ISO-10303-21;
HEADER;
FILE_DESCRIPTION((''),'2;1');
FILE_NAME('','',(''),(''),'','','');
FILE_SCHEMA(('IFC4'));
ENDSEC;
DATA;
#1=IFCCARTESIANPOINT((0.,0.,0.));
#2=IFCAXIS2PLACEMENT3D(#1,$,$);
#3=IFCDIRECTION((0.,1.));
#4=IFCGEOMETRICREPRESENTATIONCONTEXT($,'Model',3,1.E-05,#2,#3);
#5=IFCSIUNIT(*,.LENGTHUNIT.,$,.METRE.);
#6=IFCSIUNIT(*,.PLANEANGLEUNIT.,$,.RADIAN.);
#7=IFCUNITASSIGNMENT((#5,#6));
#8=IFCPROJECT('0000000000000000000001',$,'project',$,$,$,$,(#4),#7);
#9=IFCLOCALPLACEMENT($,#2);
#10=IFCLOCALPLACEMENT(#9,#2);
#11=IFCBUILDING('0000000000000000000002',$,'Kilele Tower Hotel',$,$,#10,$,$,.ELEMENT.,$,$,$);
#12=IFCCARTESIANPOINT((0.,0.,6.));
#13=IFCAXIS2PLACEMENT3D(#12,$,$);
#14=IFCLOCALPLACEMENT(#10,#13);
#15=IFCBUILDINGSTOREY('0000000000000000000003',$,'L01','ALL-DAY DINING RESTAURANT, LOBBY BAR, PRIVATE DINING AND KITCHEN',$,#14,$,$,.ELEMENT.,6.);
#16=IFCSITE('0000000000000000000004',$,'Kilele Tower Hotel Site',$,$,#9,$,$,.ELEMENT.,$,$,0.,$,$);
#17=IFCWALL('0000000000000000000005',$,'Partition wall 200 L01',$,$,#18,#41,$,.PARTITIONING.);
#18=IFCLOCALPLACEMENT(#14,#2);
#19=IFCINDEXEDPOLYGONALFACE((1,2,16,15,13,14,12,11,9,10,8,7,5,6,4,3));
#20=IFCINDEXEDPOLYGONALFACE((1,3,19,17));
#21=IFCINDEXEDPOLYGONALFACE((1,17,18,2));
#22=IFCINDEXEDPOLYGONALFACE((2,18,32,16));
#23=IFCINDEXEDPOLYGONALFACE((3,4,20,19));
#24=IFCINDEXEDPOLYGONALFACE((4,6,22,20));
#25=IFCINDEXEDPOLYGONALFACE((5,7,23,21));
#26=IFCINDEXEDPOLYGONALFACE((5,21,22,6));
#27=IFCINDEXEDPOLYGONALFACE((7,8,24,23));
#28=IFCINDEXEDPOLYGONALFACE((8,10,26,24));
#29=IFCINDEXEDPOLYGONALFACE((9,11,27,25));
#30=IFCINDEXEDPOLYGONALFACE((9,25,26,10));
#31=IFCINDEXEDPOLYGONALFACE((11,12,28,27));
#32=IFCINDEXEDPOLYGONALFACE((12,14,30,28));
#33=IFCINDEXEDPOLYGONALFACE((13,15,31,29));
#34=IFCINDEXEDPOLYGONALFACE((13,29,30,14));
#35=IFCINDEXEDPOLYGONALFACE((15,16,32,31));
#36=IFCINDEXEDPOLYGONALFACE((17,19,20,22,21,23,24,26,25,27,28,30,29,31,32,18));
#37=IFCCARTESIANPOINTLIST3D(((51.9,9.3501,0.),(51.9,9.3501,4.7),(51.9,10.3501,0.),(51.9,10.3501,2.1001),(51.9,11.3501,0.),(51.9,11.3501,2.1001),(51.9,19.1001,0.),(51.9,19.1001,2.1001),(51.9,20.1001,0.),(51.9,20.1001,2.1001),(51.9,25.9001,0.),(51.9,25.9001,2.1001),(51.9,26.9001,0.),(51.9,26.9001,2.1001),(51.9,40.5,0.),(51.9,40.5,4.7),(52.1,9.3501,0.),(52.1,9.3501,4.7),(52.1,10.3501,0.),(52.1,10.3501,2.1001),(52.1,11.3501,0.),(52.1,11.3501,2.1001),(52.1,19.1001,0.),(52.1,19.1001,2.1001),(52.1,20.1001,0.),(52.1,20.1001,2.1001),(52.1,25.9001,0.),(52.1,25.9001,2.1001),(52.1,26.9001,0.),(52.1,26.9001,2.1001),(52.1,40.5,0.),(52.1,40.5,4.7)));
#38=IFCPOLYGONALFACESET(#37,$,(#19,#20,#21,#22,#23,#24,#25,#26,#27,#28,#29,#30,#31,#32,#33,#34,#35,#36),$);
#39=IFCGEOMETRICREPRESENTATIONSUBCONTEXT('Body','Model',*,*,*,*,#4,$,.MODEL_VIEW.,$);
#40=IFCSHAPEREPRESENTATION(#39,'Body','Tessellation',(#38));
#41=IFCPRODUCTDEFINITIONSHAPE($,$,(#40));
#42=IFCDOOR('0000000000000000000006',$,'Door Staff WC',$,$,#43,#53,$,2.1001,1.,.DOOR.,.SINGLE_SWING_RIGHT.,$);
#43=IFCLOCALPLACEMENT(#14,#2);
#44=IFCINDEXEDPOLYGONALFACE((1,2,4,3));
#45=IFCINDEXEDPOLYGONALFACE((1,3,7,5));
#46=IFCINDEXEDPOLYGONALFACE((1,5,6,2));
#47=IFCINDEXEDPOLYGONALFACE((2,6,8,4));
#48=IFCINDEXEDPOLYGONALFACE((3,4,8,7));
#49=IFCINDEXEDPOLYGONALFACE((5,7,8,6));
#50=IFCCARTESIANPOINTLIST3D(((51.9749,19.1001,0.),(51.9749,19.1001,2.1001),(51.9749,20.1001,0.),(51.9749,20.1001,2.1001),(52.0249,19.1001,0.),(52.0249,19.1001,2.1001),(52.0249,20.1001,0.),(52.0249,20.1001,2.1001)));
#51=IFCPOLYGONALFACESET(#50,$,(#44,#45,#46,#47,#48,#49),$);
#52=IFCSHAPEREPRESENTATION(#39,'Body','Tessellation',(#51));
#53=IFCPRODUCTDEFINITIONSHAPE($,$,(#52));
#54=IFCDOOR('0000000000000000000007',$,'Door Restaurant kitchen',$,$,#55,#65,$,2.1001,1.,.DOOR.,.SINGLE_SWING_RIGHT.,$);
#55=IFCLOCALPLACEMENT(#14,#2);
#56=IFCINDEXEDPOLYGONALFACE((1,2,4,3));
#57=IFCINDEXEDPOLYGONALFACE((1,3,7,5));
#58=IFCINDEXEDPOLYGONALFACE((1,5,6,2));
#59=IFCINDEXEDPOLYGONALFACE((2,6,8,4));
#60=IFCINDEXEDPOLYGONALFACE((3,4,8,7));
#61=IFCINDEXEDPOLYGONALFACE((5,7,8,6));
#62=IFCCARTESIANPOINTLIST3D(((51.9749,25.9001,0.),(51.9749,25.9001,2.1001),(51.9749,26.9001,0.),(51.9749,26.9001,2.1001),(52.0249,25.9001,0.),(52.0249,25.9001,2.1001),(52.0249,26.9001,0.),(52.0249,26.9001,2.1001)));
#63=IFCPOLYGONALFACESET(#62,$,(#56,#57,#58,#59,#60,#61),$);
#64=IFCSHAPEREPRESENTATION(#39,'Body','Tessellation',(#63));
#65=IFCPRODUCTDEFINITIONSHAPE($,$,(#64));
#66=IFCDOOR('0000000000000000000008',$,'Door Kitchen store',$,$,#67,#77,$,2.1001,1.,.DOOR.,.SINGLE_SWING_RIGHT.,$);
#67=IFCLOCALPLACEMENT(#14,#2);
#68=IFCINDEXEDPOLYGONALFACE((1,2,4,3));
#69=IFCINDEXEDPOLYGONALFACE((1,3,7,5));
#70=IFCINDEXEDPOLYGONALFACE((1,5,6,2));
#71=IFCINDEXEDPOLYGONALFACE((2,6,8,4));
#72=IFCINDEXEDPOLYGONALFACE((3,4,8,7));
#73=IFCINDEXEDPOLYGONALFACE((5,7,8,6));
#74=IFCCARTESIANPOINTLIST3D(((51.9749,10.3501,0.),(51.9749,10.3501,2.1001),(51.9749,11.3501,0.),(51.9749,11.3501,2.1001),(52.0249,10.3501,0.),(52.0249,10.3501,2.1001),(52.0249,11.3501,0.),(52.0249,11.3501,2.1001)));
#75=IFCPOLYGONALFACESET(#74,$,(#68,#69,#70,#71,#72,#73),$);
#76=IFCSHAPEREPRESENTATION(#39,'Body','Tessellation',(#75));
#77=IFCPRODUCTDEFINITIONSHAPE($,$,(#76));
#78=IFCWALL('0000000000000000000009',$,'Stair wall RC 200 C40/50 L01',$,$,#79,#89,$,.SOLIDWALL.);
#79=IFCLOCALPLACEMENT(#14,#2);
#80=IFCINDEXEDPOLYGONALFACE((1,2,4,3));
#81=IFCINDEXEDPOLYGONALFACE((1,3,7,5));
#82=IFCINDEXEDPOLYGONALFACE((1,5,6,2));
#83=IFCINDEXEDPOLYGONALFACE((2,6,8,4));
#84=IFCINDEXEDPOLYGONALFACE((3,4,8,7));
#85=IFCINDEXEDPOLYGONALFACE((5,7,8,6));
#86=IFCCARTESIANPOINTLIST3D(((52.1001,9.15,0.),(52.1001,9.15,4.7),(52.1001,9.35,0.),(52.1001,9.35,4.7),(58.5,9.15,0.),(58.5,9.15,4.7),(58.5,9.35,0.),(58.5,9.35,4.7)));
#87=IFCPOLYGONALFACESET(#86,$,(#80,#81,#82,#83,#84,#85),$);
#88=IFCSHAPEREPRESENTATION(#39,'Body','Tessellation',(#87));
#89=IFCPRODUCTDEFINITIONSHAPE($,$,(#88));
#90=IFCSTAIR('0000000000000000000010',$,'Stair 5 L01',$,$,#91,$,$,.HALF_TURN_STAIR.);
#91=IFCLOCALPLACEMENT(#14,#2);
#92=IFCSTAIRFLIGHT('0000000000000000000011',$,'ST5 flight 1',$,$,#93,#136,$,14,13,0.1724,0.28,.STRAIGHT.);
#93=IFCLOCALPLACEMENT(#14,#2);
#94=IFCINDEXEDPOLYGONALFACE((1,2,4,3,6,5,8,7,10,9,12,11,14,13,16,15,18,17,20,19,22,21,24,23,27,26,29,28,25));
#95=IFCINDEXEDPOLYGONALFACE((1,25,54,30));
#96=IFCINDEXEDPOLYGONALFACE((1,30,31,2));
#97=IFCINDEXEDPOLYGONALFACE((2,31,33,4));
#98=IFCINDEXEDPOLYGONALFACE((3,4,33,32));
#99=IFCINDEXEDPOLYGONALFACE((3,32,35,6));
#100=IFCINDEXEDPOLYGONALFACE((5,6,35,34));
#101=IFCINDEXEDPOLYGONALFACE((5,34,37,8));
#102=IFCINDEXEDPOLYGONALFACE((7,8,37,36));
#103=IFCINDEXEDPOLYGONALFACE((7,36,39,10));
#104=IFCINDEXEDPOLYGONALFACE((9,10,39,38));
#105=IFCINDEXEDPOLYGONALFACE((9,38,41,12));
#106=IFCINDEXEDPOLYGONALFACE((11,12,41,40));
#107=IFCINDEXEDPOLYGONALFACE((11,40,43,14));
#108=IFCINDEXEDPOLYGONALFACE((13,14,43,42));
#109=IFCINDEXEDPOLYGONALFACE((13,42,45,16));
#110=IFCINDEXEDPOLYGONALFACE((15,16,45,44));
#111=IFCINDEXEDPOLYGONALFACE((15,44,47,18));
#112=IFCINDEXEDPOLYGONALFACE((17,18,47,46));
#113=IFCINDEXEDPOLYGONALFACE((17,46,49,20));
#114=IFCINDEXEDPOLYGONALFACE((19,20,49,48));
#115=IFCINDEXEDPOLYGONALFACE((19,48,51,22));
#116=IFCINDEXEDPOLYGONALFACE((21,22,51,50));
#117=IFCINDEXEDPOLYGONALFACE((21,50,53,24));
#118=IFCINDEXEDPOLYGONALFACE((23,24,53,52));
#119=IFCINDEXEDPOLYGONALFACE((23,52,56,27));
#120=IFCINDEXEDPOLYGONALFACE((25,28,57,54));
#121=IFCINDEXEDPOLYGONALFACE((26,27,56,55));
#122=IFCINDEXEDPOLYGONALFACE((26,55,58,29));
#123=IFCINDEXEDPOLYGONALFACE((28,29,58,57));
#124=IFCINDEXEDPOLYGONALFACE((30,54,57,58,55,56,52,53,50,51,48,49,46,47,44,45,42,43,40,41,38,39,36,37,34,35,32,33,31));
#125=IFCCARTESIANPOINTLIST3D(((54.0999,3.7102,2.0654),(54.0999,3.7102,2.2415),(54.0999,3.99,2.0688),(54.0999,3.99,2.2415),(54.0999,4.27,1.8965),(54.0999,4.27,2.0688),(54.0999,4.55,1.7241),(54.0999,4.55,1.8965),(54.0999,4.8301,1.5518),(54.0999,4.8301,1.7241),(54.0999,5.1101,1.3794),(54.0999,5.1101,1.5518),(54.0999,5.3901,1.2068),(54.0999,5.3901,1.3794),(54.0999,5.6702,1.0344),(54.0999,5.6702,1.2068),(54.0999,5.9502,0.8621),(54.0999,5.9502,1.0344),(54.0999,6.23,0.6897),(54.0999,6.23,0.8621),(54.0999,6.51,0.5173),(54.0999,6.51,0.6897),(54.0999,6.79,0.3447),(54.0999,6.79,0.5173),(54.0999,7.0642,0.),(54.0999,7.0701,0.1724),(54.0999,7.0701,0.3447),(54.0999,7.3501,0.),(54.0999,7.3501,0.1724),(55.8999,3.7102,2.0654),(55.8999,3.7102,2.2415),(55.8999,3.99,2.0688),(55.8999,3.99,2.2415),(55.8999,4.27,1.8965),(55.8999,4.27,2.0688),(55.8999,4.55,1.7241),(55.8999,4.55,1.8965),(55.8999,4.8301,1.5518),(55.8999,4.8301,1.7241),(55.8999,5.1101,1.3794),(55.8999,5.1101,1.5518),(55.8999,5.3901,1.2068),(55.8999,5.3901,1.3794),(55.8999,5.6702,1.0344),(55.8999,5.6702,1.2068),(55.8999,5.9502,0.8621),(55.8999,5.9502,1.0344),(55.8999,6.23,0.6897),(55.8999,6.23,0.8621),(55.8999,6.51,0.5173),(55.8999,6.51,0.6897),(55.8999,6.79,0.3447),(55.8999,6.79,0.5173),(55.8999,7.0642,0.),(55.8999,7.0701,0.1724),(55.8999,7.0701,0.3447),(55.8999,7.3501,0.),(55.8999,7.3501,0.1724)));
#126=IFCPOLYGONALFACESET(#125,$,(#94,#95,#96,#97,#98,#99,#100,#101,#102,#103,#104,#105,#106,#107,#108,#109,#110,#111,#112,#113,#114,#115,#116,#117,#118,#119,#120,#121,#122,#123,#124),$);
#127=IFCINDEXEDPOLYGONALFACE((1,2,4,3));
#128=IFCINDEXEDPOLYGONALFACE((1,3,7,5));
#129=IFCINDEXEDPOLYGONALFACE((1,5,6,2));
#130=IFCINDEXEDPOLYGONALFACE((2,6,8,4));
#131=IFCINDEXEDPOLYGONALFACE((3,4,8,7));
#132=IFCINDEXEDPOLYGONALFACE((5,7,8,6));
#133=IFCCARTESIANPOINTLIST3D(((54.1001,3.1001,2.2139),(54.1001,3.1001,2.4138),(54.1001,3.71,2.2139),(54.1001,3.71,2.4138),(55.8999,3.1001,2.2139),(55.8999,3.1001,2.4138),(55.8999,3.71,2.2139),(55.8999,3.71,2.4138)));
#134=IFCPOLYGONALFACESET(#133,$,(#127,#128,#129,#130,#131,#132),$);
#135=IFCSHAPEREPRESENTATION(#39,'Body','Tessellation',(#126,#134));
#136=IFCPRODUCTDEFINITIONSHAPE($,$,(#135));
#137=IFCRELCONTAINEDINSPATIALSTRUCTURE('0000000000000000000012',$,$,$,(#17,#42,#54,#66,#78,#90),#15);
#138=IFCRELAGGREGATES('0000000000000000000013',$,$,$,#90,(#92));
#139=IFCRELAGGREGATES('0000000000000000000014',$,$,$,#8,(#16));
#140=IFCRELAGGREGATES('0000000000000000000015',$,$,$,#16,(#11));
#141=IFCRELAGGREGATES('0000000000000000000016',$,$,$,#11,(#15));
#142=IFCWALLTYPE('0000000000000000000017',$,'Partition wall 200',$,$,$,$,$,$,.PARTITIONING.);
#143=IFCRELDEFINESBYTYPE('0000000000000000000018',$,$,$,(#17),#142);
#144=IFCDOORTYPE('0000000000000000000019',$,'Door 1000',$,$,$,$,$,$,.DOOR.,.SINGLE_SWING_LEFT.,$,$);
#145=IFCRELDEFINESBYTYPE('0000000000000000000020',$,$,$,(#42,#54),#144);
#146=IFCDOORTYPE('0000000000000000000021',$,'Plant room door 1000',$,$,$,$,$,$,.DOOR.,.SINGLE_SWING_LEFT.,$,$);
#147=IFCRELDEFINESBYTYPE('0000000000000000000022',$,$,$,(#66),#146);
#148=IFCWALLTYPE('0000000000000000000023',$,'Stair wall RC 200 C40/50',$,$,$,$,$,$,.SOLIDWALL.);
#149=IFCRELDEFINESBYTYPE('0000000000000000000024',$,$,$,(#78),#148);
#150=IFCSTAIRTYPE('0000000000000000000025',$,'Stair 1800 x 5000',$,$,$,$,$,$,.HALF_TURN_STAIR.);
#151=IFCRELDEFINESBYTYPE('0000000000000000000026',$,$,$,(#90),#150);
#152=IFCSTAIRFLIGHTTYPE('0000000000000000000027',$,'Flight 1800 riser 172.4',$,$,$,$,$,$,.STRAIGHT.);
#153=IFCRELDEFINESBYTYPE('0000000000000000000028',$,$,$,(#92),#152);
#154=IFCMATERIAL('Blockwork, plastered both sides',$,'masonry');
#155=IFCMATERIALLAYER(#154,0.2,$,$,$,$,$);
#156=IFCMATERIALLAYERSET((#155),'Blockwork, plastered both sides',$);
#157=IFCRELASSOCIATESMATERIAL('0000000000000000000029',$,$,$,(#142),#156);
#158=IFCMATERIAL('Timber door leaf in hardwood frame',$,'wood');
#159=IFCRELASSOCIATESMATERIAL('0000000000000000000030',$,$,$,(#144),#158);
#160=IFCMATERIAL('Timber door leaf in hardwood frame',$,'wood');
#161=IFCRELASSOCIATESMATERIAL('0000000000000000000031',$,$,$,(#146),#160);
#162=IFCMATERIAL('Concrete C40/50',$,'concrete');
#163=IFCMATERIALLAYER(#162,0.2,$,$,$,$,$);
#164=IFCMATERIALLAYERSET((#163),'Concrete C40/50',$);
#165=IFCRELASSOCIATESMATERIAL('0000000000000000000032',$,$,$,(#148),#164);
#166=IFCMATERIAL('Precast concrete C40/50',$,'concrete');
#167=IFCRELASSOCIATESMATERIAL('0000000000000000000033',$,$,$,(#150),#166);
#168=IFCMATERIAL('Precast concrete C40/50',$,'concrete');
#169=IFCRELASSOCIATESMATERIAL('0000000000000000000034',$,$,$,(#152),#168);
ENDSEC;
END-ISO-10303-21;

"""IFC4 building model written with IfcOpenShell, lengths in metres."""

from ifc_helpers import new_model, si_unit, direction, frame, frame_2d, origin, place, context, subcontext, project, spatial, polyline, rectangle, outline, extrude, material, layer, layer_set, type_object, element, fill, aggregate, save


model = new_model("IFC4")

# Units and contexts
model_context = context("Model", 3, precision=1e-05, world=origin(), true_north=direction((0.0, 1.0)))
body_context = subcontext(model_context, "Body", "Model", "MODEL_VIEW")
ifc_project = project(units=[si_unit("LENGTHUNIT", "METRE"), si_unit("PLANEANGLEUNIT", "RADIAN")], contexts=[model_context])

# Site, building, storey
site_placement = place(None, origin())
site = spatial("IfcSite", under=ifc_project, at=site_placement, Name="Kilele Tower Hotel Site", CompositionType="ELEMENT", RefElevation=0.0)
building_placement = place(site_placement, origin())
building = spatial("IfcBuilding", under=site, at=building_placement, Name="Kilele Tower Hotel", CompositionType="ELEMENT")
storey_placement = place(building_placement, frame((0.0, 0.0, 6.0)))
storey = spatial("IfcBuildingStorey", under=building, at=storey_placement, Name="L01", Description="ALL-DAY DINING RESTAURANT, LOBBY BAR, PRIVATE DINING AND KITCHEN", CompositionType="ELEMENT", Elevation=6.0)

# Shared definitions
ifc_material_1 = material(Name="Blockwork, plastered both sides", Category="masonry")
ifc_layer_1 = layer(ifc_material_1, 0.2)
ifc_layer_set_1 = layer_set([ifc_layer_1], Name="Blockwork, plastered both sides")
wall_type_1 = type_object("IfcWallType", Name="Partition wall 200", PredefinedType="PARTITIONING", material=ifc_layer_set_1)

# Wall, openings, doors
wall_1_placement = place(storey_placement, frame((52.0, 9.3501, 0.0), z_axis=(0.0, 0.0, 1.0), x_axis=(0.0, 1.0, 0.0)))
wall_1 = element("IfcWall", 1, at=wall_1_placement, inside=storey, type_object=wall_type_1, Name="Partition wall 200 L01", PredefinedType="PARTITIONING", context=body_context, shape_type="SweptSolid", body=[
    extrude(rectangle(XDim=31.1499, YDim=0.2, at=frame_2d((15.575, 0.0))), origin(), (0.0, 0.0, 1.0), 4.7),
])
opening_1_placement = place(wall_1_placement, frame((2.0, 0.0, 0.0), z_axis=(0.0, 0.0, 1.0), x_axis=(-1.0, 0.0, 0.0)))
opening_1 = element("IfcOpeningElement", 2, at=opening_1_placement, cuts=wall_1, PredefinedType="OPENING", context=body_context, shape_type="SweptSolid", body=[
    extrude(rectangle(XDim=1.0, YDim=2.1001, at=frame_2d((0.5, 1.05))), frame((0.0, 0.1099, 0.0), z_axis=(0.0, -1.0, 0.0), x_axis=(1.0, 0.0, 0.0)), (0.0, 0.0, 1.0), 0.22),
])
opening_2_placement = place(wall_1_placement, frame((10.75, 0.0, 0.0), z_axis=(0.0, 0.0, 1.0), x_axis=(-1.0, 0.0, 0.0)))
opening_2 = element("IfcOpeningElement", 3, at=opening_2_placement, cuts=wall_1, PredefinedType="OPENING", context=body_context, shape_type="SweptSolid", body=[
    extrude(rectangle(XDim=1.0, YDim=2.1001, at=frame_2d((0.5, 1.05))), frame((0.0, 0.1099, 0.0), z_axis=(0.0, -1.0, 0.0), x_axis=(1.0, 0.0, 0.0)), (0.0, 0.0, 1.0), 0.22),
])
opening_3_placement = place(wall_1_placement, frame((17.55, 0.0, 0.0), z_axis=(0.0, 0.0, 1.0), x_axis=(-1.0, 0.0, 0.0)))
opening_3 = element("IfcOpeningElement", 4, at=opening_3_placement, cuts=wall_1, PredefinedType="OPENING", context=body_context, shape_type="SweptSolid", body=[
    extrude(rectangle(XDim=1.0, YDim=2.1001, at=frame_2d((0.5, 1.05))), frame((0.0, 0.1099, 0.0), z_axis=(0.0, -1.0, 0.0), x_axis=(1.0, 0.0, 0.0)), (0.0, 0.0, 1.0), 0.22),
])
ifc_material_2 = material(Name="Timber door leaf in hardwood frame", Category="wood")
door_type_1 = type_object("IfcDoorType", Name="Door 1000", OperationType="SINGLE_SWING_LEFT", PredefinedType="DOOR", material=ifc_material_2)
door_1_placement = place(opening_2_placement, origin())
door_1 = element("IfcDoor", 5, at=door_1_placement, inside=storey, type_object=door_type_1, Name="Door Staff WC", OperationType="SINGLE_SWING_RIGHT", OverallHeight=2.1001, OverallWidth=1.0, PredefinedType="DOOR", context=body_context, shape_type="SweptSolid", body=[
    extrude(rectangle(XDim=1.0, YDim=2.1001, at=frame_2d((0.5, 1.05))), frame((0.0, 0.0249, 0.0), z_axis=(0.0, -1.0, 0.0), x_axis=(1.0, 0.0, 0.0)), (0.0, 0.0, 1.0), 0.05),
])
fill(opening_2, door_1)
door_2_placement = place(opening_3_placement, origin())
door_2 = element("IfcDoor", 6, at=door_2_placement, inside=storey, type_object=door_type_1, Name="Door Restaurant kitchen", OperationType="SINGLE_SWING_RIGHT", OverallHeight=2.1001, OverallWidth=1.0, PredefinedType="DOOR", context=body_context, shape_type="SweptSolid", body=[
    extrude(rectangle(XDim=1.0, YDim=2.1001, at=frame_2d((0.5, 1.05))), frame((0.0, 0.0249, 0.0), z_axis=(0.0, -1.0, 0.0), x_axis=(1.0, 0.0, 0.0)), (0.0, 0.0, 1.0), 0.05),
])
fill(opening_3, door_2)
ifc_material_3 = material(Name="Timber door leaf in hardwood frame", Category="wood")
door_type_2 = type_object("IfcDoorType", Name="Plant room door 1000", OperationType="SINGLE_SWING_LEFT", PredefinedType="DOOR", material=ifc_material_3)
door_3_placement = place(opening_1_placement, origin())
door_3 = element("IfcDoor", 7, at=door_3_placement, inside=storey, type_object=door_type_2, Name="Door Kitchen store", OperationType="SINGLE_SWING_RIGHT", OverallHeight=2.1001, OverallWidth=1.0, PredefinedType="DOOR", context=body_context, shape_type="SweptSolid", body=[
    extrude(rectangle(XDim=1.0, YDim=2.1001, at=frame_2d((0.5, 1.05))), frame((0.0, 0.0249, 0.0), z_axis=(0.0, -1.0, 0.0), x_axis=(1.0, 0.0, 0.0)), (0.0, 0.0, 1.0), 0.05),
])
fill(opening_1, door_3)

# Wall
ifc_material_4 = material(Name="Concrete C40/50", Category="concrete")
ifc_layer_2 = layer(ifc_material_4, 0.2)
ifc_layer_set_2 = layer_set([ifc_layer_2], Name="Concrete C40/50")
wall_type_2 = type_object("IfcWallType", Name="Stair wall RC 200 C40/50", PredefinedType="SOLIDWALL", material=ifc_layer_set_2)
wall_2_placement = place(storey_placement, frame((52.1001, 9.25, 0.0), z_axis=(0.0, 0.0, 1.0), x_axis=(1.0, 0.0, 0.0)))
element("IfcWall", 8, at=wall_2_placement, inside=storey, type_object=wall_type_2, Name="Stair wall RC 200 C40/50 L01", PredefinedType="SOLIDWALL", context=body_context, shape_type="SweptSolid", body=[
    extrude(rectangle(XDim=6.3999, YDim=0.2, at=frame_2d((3.2, 0.0))), origin(), (0.0, 0.0, 1.0), 4.7),
])

# Stair, stair flight
ifc_material_5 = material(Name="Precast concrete C40/50", Category="concrete")
stair_type = type_object("IfcStairType", Name="Stair 1800 x 5000", PredefinedType="HALF_TURN_STAIR", material=ifc_material_5)
stair_placement = place(storey_placement, origin())
stair = element("IfcStair", 9, at=stair_placement, inside=storey, type_object=stair_type, Name="Stair 5 L01", PredefinedType="HALF_TURN_STAIR")
ifc_material_6 = material(Name="Precast concrete C40/50", Category="concrete")
stair_flight_type = type_object("IfcStairFlightType", Name="Flight 1800 riser 172.4", PredefinedType="STRAIGHT", material=ifc_material_6)
stair_flight_placement = place(storey_placement, frame((55.0, 7.3501, 0.0), z_axis=(0.0, 0.0, 1.0), x_axis=(0.0, -1.0, 0.0)))
stair_flight = element("IfcStairFlight", 10, at=stair_flight_placement, type_object=stair_flight_type, Name="ST5 flight 1", NumberOfRisers=14, NumberOfTreads=13, PredefinedType="STRAIGHT", RiserHeight=0.1724, TreadLength=0.28, context=body_context, shape_type="SweptSolid", body=[
    extrude(outline(polyline([(0.0, 0.0), (0.0, 0.1724), (0.28, 0.1724), (0.28, 0.3447), (0.5601, 0.3447), (0.5601, 0.5173), (0.8401, 0.5173), (0.8401, 0.6897), (1.1201, 0.6897), (1.1201, 0.8621), (1.3999, 0.8621), (1.3999, 1.0344), (1.6799, 1.0344), (1.6799, 1.2068), (1.96, 1.2068), (1.96, 1.3794), (2.24, 1.3794), (2.24, 1.5518), (2.52, 1.5518), (2.52, 1.7241), (2.8, 1.7241), (2.8, 1.8965), (3.0801, 1.8965), (3.0801, 2.0688), (3.3601, 2.0688), (3.3601, 2.2415), (3.6399, 2.2415), (3.6399, 2.4138), (3.6399, 2.0654), (0.2859, 0.0), (0.0, 0.0)])), frame((0.0, 0.8999, 0.0), z_axis=(0.0, -1.0, 0.0), x_axis=(1.0, 0.0, 0.0)), (0.0, 0.0, 1.0), 1.8),
    extrude(outline(polyline([(4.25, -0.8999), (4.25, 0.8999), (3.6401, 0.8999), (3.6401, -0.8999), (4.25, -0.8999)])), frame((0.0, 0.0, 2.2139)), (0.0, 0.0, 1.0), 0.2),
])
aggregate(stair, [stair_flight])

save(model, "model.ifc")
